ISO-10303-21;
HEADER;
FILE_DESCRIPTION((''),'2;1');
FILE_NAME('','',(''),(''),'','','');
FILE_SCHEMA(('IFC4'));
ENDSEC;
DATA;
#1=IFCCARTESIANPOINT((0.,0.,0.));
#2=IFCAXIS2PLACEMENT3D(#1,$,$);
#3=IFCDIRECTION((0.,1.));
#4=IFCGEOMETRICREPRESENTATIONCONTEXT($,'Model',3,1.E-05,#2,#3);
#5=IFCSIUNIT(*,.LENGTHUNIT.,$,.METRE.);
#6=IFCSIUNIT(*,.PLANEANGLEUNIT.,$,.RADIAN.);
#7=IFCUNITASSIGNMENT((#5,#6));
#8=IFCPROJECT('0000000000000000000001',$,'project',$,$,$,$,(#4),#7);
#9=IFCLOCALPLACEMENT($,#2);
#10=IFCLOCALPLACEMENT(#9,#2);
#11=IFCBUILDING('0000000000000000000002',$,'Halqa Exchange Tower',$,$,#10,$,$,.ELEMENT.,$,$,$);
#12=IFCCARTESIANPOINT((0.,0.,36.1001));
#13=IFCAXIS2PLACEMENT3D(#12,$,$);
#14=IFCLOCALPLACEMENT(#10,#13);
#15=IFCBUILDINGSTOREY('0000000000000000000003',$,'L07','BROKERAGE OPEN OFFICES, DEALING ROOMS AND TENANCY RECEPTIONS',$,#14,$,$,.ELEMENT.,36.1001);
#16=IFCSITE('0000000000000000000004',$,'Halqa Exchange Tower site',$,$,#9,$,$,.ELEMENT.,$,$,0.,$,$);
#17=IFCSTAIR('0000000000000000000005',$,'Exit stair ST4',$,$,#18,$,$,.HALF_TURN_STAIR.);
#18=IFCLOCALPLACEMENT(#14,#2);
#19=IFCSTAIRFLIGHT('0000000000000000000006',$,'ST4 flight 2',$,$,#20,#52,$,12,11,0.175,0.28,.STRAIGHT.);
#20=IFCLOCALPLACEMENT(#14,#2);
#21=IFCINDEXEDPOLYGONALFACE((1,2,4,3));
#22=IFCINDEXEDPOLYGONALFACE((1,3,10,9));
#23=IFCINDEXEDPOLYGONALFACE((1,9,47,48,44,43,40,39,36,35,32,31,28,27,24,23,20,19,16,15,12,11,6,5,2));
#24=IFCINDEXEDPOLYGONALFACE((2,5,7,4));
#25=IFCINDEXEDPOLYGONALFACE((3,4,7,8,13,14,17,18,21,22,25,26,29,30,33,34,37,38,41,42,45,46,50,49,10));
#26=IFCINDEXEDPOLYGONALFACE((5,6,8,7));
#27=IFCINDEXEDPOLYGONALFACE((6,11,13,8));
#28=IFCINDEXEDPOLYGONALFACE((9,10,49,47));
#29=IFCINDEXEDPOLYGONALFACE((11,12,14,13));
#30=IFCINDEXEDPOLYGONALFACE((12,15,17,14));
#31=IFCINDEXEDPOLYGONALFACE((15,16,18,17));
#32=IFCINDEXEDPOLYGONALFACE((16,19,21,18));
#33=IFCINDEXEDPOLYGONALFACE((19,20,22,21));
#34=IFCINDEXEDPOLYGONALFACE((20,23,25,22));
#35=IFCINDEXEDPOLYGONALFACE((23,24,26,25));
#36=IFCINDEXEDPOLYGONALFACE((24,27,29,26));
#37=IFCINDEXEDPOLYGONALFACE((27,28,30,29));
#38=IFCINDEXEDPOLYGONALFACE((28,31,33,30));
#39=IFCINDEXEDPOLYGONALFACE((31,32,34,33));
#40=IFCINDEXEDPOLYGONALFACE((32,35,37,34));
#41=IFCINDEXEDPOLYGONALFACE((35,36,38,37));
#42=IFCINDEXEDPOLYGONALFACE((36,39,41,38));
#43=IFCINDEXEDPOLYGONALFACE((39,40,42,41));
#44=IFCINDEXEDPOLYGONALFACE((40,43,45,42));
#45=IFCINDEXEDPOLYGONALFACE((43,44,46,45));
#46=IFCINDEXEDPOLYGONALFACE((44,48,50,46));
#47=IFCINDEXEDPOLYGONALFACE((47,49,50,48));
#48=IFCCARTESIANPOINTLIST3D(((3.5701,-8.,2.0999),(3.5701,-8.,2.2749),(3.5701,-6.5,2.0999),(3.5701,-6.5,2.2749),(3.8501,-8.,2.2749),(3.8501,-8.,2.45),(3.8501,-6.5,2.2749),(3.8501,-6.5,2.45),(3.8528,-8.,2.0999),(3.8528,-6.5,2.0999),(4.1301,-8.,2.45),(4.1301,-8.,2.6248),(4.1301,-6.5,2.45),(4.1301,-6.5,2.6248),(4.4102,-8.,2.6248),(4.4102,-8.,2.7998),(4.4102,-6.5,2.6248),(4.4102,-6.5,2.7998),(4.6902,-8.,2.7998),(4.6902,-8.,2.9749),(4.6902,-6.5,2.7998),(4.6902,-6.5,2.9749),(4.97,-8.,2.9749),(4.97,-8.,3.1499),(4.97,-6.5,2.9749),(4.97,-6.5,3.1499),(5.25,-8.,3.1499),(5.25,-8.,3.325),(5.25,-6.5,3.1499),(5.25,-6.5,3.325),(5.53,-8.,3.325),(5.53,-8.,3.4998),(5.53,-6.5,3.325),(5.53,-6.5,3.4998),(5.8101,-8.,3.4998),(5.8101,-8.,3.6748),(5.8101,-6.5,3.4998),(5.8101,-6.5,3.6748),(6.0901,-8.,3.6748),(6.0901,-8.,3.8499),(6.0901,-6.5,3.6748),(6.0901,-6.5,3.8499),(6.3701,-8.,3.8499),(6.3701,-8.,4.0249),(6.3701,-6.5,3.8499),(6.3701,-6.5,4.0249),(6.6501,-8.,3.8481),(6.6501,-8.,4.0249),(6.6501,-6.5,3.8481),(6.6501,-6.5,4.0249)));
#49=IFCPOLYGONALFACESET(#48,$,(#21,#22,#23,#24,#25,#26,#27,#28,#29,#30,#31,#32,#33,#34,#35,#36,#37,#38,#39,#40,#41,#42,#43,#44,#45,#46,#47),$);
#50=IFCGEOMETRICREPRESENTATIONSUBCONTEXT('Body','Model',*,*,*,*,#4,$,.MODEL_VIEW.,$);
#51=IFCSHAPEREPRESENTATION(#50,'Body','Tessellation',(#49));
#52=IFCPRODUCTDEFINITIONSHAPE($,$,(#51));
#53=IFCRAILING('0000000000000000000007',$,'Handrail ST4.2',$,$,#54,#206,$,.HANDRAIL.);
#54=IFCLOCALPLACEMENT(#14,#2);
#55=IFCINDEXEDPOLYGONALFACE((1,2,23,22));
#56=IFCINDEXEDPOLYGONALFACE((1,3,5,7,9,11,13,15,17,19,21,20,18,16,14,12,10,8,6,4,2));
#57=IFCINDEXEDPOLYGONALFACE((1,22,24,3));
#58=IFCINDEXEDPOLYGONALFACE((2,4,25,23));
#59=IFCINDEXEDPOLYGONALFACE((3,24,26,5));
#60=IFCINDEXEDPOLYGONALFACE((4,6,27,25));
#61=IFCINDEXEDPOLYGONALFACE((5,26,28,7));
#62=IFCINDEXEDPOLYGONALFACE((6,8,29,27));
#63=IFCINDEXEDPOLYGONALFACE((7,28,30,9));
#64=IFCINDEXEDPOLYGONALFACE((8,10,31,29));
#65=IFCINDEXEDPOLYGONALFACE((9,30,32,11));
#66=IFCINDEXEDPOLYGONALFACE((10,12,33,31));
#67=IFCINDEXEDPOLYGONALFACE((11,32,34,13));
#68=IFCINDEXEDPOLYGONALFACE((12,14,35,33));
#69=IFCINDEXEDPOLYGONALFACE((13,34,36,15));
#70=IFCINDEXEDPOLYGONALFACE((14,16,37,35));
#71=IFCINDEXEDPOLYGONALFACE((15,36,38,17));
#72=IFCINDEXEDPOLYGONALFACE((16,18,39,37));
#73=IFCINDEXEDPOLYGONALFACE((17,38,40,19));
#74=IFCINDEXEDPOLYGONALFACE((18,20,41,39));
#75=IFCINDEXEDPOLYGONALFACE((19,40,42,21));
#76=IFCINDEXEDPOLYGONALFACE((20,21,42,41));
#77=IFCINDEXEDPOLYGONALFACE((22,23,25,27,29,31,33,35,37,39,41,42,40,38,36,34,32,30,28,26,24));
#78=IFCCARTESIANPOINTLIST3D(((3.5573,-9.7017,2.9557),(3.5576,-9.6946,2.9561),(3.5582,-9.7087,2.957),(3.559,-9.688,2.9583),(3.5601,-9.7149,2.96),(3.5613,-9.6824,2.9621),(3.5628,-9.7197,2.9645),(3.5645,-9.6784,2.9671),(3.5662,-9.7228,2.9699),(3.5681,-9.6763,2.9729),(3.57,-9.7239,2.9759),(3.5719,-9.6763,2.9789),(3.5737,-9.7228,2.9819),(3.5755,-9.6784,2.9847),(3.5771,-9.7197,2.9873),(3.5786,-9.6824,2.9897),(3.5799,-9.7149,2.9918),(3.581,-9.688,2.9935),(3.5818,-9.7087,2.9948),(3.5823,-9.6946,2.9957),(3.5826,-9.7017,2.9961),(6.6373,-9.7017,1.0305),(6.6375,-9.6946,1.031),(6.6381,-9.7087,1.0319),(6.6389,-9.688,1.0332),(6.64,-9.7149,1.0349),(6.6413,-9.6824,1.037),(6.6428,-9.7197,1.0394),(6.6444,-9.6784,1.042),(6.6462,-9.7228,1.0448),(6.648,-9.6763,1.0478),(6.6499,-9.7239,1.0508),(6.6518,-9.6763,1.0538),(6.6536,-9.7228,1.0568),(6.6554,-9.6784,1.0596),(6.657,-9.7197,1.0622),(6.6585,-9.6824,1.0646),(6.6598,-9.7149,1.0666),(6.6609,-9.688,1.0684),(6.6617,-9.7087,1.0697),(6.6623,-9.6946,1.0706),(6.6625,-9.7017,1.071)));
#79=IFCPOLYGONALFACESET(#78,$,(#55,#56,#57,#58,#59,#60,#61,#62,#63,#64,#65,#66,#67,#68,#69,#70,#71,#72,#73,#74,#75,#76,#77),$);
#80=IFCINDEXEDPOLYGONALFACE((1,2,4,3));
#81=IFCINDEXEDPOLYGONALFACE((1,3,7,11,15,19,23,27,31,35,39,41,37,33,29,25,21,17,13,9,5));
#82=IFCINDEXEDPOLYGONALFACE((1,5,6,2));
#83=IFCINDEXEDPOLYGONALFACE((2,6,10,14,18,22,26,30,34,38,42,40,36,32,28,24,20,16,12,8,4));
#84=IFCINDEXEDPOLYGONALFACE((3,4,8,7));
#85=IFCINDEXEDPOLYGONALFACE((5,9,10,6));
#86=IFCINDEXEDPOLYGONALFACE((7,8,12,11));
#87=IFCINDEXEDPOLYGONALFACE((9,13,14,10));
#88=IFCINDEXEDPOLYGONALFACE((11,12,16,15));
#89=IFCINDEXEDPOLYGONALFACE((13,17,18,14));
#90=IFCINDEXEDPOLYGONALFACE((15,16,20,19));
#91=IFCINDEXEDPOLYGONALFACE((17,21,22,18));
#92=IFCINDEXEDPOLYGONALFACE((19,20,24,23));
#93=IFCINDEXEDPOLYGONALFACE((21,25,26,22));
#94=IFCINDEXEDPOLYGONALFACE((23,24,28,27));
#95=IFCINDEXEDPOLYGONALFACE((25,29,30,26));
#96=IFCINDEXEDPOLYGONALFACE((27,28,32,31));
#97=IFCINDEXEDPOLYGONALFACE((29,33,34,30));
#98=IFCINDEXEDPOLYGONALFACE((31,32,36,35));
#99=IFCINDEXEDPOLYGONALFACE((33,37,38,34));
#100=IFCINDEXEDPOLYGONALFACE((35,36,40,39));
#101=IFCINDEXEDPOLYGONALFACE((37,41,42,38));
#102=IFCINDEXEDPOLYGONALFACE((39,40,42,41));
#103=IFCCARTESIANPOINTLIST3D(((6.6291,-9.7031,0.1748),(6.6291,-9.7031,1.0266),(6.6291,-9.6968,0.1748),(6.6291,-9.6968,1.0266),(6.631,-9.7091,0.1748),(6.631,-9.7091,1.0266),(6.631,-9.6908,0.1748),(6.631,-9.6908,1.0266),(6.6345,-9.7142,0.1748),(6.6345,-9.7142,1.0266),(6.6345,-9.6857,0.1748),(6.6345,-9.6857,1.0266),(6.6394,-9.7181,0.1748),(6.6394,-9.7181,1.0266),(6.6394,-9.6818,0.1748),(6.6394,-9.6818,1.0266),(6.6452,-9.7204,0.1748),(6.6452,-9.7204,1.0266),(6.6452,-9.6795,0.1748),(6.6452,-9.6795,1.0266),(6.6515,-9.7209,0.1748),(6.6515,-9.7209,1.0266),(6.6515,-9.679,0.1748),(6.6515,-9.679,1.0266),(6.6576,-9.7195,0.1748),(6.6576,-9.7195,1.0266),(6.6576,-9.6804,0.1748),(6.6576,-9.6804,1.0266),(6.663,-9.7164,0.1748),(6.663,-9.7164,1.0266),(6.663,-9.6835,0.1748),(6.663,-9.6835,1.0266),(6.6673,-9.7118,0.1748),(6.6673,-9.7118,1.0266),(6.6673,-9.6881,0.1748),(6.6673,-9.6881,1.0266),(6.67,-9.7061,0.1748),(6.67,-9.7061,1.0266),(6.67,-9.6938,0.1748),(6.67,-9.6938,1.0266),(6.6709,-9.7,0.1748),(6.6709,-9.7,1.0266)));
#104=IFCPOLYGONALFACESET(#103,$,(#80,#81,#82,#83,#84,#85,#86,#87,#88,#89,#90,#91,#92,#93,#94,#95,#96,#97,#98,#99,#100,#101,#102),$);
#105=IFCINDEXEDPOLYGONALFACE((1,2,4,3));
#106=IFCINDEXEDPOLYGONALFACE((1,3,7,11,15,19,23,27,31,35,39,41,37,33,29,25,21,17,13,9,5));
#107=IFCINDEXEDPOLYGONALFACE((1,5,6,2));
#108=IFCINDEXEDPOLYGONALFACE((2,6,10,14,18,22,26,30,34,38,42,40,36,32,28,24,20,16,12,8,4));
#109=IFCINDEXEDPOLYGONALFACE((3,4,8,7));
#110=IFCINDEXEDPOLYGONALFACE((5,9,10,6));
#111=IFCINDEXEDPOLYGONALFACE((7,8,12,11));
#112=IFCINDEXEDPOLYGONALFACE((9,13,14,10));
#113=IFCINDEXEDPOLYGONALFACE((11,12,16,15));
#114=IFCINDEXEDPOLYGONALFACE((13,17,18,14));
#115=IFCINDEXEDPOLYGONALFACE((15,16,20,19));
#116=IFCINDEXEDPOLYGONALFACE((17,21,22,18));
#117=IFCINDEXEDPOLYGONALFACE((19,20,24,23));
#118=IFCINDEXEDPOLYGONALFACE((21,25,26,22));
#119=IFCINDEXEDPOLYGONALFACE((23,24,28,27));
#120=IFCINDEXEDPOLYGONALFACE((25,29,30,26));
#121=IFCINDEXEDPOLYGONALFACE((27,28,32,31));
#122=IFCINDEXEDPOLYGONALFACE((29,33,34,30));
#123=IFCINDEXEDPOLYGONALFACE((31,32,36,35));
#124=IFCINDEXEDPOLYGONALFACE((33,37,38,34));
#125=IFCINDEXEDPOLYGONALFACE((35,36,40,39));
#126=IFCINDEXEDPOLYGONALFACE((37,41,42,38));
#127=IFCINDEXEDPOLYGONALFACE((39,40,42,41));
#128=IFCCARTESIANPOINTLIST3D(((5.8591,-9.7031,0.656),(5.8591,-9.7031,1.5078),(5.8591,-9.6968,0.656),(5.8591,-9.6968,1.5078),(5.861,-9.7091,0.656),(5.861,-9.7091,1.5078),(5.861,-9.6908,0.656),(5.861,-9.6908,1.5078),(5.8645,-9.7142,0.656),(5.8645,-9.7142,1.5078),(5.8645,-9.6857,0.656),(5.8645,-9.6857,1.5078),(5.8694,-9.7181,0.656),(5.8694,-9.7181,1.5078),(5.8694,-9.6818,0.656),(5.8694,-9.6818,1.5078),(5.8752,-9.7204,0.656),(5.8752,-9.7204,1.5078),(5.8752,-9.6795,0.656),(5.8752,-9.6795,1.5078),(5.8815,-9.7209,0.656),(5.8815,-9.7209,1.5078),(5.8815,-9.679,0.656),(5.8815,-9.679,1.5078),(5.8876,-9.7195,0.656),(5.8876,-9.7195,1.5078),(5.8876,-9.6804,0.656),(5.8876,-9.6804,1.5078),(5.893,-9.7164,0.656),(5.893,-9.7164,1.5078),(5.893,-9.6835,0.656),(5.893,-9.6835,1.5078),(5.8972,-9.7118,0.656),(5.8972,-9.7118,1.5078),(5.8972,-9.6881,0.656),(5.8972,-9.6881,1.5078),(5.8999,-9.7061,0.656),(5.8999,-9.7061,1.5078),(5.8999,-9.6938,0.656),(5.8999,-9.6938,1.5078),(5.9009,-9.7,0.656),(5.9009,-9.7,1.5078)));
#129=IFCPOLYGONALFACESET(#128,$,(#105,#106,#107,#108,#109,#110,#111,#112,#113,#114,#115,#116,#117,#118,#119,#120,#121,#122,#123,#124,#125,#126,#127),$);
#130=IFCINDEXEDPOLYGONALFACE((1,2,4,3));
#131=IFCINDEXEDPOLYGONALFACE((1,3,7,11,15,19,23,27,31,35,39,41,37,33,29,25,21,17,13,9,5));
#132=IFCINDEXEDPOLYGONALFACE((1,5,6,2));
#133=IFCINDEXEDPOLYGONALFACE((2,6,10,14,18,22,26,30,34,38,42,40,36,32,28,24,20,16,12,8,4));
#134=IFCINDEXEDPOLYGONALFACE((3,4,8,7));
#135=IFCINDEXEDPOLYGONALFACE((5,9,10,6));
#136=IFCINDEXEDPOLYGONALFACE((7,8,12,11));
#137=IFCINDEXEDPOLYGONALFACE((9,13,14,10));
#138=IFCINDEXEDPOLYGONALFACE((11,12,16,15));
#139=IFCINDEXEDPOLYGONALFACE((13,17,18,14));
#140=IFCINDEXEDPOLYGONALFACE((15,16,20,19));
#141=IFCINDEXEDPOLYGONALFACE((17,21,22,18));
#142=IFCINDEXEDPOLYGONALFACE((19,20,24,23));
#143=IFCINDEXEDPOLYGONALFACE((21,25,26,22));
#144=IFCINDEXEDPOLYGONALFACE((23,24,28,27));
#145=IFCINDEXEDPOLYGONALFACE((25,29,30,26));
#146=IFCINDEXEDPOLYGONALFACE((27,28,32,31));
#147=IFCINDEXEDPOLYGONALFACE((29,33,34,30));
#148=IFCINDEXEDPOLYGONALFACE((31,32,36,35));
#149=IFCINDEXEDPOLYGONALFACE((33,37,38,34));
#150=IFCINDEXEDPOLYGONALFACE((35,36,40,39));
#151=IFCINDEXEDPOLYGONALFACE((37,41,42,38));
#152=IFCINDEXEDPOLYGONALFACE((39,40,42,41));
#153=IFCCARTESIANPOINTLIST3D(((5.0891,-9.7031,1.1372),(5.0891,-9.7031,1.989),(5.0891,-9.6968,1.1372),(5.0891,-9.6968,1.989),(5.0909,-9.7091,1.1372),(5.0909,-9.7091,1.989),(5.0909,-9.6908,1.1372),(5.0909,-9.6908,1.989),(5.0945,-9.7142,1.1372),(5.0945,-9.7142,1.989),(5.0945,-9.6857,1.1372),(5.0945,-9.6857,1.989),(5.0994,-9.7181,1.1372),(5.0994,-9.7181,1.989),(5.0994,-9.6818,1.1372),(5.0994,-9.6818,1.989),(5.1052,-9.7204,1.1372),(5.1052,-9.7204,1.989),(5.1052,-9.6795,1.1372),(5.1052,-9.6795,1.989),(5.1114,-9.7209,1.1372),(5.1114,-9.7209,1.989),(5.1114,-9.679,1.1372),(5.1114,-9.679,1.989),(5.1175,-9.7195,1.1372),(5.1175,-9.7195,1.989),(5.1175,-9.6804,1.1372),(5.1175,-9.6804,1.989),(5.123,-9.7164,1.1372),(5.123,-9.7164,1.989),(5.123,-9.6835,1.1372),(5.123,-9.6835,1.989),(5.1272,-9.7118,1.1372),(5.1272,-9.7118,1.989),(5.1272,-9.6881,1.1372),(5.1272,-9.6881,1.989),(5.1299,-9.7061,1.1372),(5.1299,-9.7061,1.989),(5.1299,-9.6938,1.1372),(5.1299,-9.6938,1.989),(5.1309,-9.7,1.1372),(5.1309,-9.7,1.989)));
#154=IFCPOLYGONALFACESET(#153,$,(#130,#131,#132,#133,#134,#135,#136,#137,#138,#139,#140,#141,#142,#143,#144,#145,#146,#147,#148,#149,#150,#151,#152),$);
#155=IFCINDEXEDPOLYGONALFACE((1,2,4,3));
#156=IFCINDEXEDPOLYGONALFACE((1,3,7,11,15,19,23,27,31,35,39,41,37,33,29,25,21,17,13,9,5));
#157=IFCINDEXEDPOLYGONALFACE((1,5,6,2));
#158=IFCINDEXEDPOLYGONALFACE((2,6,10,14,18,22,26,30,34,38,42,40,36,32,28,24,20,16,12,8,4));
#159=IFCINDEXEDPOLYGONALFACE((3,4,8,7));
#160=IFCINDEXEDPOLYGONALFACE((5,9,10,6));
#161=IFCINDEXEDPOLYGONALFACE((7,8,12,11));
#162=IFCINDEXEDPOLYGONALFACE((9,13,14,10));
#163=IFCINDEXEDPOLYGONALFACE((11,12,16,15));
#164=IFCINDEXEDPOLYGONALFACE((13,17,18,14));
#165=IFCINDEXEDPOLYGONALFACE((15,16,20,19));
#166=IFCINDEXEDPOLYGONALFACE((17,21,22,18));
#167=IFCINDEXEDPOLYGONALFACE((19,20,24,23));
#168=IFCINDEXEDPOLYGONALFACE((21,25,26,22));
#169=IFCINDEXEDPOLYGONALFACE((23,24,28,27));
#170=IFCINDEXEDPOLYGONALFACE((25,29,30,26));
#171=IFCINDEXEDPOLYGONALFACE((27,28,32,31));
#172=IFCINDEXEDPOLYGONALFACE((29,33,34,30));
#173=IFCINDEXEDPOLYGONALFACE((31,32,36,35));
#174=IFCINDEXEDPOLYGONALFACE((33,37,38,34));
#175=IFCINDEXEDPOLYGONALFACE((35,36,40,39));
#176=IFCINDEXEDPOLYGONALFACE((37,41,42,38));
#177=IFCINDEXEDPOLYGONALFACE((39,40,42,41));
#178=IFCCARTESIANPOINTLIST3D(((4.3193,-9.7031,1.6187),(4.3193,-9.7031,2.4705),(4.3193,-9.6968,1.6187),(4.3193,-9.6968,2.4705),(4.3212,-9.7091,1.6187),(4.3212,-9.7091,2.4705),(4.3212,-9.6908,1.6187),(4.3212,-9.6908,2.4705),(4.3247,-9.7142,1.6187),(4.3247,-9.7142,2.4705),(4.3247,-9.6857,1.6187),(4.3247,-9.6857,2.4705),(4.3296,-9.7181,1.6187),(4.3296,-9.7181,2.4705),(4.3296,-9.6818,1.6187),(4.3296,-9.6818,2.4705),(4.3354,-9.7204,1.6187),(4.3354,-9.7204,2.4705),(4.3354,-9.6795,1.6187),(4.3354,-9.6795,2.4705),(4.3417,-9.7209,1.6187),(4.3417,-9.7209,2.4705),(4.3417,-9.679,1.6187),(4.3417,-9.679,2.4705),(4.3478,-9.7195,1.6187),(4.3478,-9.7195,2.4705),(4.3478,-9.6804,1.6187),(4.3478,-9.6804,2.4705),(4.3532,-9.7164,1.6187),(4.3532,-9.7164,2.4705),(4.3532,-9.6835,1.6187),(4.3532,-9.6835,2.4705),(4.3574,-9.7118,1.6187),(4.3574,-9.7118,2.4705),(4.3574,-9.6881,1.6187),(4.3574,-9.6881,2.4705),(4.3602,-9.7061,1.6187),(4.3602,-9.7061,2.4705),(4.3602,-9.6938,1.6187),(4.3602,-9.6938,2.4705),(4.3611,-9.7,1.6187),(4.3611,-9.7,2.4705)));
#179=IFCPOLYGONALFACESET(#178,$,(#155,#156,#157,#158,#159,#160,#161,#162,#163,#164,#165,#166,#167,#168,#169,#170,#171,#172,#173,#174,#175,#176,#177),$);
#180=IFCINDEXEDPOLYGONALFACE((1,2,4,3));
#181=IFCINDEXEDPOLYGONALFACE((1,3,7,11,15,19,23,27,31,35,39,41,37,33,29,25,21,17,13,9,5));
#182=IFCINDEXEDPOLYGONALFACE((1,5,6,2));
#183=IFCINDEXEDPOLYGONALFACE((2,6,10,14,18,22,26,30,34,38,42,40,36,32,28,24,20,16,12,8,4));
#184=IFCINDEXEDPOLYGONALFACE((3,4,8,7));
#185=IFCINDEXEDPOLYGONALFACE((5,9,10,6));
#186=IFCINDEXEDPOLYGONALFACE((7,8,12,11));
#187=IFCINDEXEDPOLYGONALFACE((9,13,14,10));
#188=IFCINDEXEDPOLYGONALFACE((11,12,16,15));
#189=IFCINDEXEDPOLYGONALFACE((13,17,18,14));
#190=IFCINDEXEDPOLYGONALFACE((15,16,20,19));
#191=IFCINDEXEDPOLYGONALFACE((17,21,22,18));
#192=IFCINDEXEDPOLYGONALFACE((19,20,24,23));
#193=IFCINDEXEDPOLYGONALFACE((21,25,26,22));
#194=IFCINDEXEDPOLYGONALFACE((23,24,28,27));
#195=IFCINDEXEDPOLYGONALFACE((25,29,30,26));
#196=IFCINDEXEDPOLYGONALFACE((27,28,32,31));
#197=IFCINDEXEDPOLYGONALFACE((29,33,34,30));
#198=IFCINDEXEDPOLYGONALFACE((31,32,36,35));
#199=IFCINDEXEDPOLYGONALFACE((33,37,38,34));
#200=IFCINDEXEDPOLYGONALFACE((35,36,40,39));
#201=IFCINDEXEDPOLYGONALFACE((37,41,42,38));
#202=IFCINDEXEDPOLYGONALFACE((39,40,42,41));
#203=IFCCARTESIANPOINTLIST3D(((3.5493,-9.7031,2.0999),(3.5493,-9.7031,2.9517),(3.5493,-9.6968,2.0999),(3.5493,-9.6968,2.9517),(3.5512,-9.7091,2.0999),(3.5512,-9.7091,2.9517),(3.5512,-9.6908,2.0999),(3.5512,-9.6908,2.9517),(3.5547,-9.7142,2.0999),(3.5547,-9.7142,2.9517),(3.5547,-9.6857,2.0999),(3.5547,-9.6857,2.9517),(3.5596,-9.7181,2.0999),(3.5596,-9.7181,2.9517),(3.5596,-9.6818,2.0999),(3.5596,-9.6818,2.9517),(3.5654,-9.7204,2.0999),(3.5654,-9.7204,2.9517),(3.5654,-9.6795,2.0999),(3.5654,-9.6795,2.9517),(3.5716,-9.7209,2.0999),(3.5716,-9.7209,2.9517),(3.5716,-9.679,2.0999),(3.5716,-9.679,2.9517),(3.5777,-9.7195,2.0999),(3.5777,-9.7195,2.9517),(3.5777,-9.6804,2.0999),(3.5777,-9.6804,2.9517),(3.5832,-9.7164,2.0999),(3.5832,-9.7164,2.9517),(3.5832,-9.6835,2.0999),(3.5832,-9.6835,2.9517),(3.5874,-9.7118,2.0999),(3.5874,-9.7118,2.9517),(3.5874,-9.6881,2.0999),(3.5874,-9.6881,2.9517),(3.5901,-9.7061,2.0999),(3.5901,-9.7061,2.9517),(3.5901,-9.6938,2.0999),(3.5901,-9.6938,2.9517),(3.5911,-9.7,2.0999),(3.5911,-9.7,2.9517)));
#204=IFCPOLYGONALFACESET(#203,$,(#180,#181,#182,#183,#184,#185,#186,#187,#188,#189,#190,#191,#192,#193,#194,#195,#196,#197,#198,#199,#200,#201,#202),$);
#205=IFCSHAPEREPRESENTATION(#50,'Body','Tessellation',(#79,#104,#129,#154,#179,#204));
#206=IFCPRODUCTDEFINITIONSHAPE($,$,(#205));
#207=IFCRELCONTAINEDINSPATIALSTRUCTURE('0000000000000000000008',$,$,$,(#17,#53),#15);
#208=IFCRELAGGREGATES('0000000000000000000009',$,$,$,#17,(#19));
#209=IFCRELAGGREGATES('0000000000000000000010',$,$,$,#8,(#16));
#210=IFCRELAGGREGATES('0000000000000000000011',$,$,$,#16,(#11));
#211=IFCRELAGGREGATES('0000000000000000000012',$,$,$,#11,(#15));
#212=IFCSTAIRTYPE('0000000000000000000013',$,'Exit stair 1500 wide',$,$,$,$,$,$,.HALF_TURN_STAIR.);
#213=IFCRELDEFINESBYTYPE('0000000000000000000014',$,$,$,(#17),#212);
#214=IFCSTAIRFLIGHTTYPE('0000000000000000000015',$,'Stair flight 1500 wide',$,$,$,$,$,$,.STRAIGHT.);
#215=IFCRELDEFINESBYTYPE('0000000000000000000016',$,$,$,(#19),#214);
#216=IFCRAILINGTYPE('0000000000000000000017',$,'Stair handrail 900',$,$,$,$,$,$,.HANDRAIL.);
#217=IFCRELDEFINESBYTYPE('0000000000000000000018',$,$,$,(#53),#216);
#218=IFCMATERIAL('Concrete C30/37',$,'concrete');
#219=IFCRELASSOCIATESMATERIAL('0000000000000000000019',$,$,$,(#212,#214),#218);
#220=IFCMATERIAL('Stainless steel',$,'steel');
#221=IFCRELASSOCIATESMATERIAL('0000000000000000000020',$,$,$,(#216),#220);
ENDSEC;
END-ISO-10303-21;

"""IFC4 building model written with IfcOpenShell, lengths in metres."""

from ifc_helpers import new_model, si_unit, direction, frame, origin, origin_2d, place, context, subcontext, project, spatial, polyline, circle, outline, extrude, material, type_object, element, aggregate, save


model = new_model("IFC4")

# Units and contexts
model_context = context("Model", 3, precision=1e-05, world=origin(), true_north=direction((0.0, 1.0)))
body_context = subcontext(model_context, "Body", "Model", "MODEL_VIEW")
ifc_project = project(units=[si_unit("LENGTHUNIT", "METRE"), si_unit("PLANEANGLEUNIT", "RADIAN")], contexts=[model_context])

# Site, building, storey
site_placement = place(None, origin())
site = spatial("IfcSite", under=ifc_project, at=site_placement, Name="Halqa Exchange Tower site", CompositionType="ELEMENT", RefElevation=0.0)
building_placement = place(site_placement, origin())
building = spatial("IfcBuilding", under=site, at=building_placement, Name="Halqa Exchange Tower", CompositionType="ELEMENT")
storey_placement = place(building_placement, frame((0.0, 0.0, 36.1001)))
storey = spatial("IfcBuildingStorey", under=building, at=storey_placement, Name="L07", Description="BROKERAGE OPEN OFFICES, DEALING ROOMS AND TENANCY RECEPTIONS", CompositionType="ELEMENT", Elevation=36.1001)

# Shared definitions
ifc_material_1 = material(Name="Concrete C30/37", Category="concrete")

# Stair, stair flight
stair_type = type_object("IfcStairType", Name="Exit stair 1500 wide", PredefinedType="HALF_TURN_STAIR", material=ifc_material_1)
stair_placement = place(storey_placement, origin())
stair = element("IfcStair", 1, at=stair_placement, inside=storey, type_object=stair_type, Name="Exit stair ST4", PredefinedType="HALF_TURN_STAIR")
stair_flight_type = type_object("IfcStairFlightType", Name="Stair flight 1500 wide", PredefinedType="STRAIGHT", material=ifc_material_1)
stair_flight_1_placement = place(storey_placement, frame((3.5701, -7.25, 2.0999), z_axis=(0.0, 0.0, 1.0), x_axis=(1.0, 0.0, 0.0)))
stair_flight_1 = element("IfcStairFlight", 2, at=stair_flight_1_placement, type_object=stair_flight_type, Name="ST4 flight 2", NumberOfRisers=12, NumberOfTreads=11, PredefinedType="STRAIGHT", RiserHeight=0.175, TreadLength=0.28, context=body_context, shape_type="SweptSolid", body=[
    extrude(outline(polyline([(0.0, 0.0), (0.0, 0.175), (0.28, 0.175), (0.28, 0.3501), (0.5601, 0.3501), (0.5601, 0.5249), (0.8401, 0.5249), (0.8401, 0.7), (1.1201, 0.7), (1.1201, 0.875), (1.3999, 0.875), (1.3999, 1.05), (1.6799, 1.05), (1.6799, 1.2251), (1.96, 1.2251), (1.96, 1.3999), (2.24, 1.3999), (2.24, 1.575), (2.52, 1.575), (2.52, 1.75), (2.8, 1.75), (2.8, 1.925), (3.0801, 1.925), (3.0801, 2.1001), (3.0801, 1.7483), (0.2827, 0.0), (0.0, 0.0)])), frame((0.0, 0.75, 0.0), z_axis=(0.0, -1.0, 0.0), x_axis=(1.0, 0.0, 0.0)), (0.0, 0.0, 1.0), 1.5),
])
aggregate(stair, [stair_flight_1])

# Railing
ifc_material_2 = material(Name="Stainless steel", Category="steel")
railing_type_1 = type_object("IfcRailingType", Name="Stair handrail 900", PredefinedType="HANDRAIL", material=ifc_material_2)
railing_1_placement = place(storey_placement, frame((6.6499, -9.7, 0.1748)))
element("IfcRailing", 3, at=railing_1_placement, inside=storey, type_object=railing_type_1, Name="Handrail ST4.2", PredefinedType="HANDRAIL", context=body_context, shape_type="SweptSolid", body=[
    extrude(circle(Radius=0.0239, at=origin_2d()), frame((0.0, 0.0, 0.876), z_axis=(-0.847979, 0.0, 0.530029), x_axis=(0.0, -1.0, 0.0)), (0.0, 0.0, 1.0), 3.6321),
    extrude(circle(Radius=0.021, at=origin_2d()), origin(), (0.0, 0.0, 1.0), 0.8518),
    extrude(circle(Radius=0.021, at=origin_2d()), frame((-0.77, 0.0, 0.4812)), (0.0, 0.0, 1.0), 0.8518),
    extrude(circle(Radius=0.021, at=origin_2d()), frame((-1.54, 0.0, 0.9624)), (0.0, 0.0, 1.0), 0.8518),
    extrude(circle(Radius=0.021, at=origin_2d()), frame((-2.3098, 0.0, 1.4438)), (0.0, 0.0, 1.0), 0.8518),
    extrude(circle(Radius=0.021, at=origin_2d()), frame((-3.0798, 0.0, 1.925)), (0.0, 0.0, 1.0), 0.8518),
])

save(model, "model.ifc")
